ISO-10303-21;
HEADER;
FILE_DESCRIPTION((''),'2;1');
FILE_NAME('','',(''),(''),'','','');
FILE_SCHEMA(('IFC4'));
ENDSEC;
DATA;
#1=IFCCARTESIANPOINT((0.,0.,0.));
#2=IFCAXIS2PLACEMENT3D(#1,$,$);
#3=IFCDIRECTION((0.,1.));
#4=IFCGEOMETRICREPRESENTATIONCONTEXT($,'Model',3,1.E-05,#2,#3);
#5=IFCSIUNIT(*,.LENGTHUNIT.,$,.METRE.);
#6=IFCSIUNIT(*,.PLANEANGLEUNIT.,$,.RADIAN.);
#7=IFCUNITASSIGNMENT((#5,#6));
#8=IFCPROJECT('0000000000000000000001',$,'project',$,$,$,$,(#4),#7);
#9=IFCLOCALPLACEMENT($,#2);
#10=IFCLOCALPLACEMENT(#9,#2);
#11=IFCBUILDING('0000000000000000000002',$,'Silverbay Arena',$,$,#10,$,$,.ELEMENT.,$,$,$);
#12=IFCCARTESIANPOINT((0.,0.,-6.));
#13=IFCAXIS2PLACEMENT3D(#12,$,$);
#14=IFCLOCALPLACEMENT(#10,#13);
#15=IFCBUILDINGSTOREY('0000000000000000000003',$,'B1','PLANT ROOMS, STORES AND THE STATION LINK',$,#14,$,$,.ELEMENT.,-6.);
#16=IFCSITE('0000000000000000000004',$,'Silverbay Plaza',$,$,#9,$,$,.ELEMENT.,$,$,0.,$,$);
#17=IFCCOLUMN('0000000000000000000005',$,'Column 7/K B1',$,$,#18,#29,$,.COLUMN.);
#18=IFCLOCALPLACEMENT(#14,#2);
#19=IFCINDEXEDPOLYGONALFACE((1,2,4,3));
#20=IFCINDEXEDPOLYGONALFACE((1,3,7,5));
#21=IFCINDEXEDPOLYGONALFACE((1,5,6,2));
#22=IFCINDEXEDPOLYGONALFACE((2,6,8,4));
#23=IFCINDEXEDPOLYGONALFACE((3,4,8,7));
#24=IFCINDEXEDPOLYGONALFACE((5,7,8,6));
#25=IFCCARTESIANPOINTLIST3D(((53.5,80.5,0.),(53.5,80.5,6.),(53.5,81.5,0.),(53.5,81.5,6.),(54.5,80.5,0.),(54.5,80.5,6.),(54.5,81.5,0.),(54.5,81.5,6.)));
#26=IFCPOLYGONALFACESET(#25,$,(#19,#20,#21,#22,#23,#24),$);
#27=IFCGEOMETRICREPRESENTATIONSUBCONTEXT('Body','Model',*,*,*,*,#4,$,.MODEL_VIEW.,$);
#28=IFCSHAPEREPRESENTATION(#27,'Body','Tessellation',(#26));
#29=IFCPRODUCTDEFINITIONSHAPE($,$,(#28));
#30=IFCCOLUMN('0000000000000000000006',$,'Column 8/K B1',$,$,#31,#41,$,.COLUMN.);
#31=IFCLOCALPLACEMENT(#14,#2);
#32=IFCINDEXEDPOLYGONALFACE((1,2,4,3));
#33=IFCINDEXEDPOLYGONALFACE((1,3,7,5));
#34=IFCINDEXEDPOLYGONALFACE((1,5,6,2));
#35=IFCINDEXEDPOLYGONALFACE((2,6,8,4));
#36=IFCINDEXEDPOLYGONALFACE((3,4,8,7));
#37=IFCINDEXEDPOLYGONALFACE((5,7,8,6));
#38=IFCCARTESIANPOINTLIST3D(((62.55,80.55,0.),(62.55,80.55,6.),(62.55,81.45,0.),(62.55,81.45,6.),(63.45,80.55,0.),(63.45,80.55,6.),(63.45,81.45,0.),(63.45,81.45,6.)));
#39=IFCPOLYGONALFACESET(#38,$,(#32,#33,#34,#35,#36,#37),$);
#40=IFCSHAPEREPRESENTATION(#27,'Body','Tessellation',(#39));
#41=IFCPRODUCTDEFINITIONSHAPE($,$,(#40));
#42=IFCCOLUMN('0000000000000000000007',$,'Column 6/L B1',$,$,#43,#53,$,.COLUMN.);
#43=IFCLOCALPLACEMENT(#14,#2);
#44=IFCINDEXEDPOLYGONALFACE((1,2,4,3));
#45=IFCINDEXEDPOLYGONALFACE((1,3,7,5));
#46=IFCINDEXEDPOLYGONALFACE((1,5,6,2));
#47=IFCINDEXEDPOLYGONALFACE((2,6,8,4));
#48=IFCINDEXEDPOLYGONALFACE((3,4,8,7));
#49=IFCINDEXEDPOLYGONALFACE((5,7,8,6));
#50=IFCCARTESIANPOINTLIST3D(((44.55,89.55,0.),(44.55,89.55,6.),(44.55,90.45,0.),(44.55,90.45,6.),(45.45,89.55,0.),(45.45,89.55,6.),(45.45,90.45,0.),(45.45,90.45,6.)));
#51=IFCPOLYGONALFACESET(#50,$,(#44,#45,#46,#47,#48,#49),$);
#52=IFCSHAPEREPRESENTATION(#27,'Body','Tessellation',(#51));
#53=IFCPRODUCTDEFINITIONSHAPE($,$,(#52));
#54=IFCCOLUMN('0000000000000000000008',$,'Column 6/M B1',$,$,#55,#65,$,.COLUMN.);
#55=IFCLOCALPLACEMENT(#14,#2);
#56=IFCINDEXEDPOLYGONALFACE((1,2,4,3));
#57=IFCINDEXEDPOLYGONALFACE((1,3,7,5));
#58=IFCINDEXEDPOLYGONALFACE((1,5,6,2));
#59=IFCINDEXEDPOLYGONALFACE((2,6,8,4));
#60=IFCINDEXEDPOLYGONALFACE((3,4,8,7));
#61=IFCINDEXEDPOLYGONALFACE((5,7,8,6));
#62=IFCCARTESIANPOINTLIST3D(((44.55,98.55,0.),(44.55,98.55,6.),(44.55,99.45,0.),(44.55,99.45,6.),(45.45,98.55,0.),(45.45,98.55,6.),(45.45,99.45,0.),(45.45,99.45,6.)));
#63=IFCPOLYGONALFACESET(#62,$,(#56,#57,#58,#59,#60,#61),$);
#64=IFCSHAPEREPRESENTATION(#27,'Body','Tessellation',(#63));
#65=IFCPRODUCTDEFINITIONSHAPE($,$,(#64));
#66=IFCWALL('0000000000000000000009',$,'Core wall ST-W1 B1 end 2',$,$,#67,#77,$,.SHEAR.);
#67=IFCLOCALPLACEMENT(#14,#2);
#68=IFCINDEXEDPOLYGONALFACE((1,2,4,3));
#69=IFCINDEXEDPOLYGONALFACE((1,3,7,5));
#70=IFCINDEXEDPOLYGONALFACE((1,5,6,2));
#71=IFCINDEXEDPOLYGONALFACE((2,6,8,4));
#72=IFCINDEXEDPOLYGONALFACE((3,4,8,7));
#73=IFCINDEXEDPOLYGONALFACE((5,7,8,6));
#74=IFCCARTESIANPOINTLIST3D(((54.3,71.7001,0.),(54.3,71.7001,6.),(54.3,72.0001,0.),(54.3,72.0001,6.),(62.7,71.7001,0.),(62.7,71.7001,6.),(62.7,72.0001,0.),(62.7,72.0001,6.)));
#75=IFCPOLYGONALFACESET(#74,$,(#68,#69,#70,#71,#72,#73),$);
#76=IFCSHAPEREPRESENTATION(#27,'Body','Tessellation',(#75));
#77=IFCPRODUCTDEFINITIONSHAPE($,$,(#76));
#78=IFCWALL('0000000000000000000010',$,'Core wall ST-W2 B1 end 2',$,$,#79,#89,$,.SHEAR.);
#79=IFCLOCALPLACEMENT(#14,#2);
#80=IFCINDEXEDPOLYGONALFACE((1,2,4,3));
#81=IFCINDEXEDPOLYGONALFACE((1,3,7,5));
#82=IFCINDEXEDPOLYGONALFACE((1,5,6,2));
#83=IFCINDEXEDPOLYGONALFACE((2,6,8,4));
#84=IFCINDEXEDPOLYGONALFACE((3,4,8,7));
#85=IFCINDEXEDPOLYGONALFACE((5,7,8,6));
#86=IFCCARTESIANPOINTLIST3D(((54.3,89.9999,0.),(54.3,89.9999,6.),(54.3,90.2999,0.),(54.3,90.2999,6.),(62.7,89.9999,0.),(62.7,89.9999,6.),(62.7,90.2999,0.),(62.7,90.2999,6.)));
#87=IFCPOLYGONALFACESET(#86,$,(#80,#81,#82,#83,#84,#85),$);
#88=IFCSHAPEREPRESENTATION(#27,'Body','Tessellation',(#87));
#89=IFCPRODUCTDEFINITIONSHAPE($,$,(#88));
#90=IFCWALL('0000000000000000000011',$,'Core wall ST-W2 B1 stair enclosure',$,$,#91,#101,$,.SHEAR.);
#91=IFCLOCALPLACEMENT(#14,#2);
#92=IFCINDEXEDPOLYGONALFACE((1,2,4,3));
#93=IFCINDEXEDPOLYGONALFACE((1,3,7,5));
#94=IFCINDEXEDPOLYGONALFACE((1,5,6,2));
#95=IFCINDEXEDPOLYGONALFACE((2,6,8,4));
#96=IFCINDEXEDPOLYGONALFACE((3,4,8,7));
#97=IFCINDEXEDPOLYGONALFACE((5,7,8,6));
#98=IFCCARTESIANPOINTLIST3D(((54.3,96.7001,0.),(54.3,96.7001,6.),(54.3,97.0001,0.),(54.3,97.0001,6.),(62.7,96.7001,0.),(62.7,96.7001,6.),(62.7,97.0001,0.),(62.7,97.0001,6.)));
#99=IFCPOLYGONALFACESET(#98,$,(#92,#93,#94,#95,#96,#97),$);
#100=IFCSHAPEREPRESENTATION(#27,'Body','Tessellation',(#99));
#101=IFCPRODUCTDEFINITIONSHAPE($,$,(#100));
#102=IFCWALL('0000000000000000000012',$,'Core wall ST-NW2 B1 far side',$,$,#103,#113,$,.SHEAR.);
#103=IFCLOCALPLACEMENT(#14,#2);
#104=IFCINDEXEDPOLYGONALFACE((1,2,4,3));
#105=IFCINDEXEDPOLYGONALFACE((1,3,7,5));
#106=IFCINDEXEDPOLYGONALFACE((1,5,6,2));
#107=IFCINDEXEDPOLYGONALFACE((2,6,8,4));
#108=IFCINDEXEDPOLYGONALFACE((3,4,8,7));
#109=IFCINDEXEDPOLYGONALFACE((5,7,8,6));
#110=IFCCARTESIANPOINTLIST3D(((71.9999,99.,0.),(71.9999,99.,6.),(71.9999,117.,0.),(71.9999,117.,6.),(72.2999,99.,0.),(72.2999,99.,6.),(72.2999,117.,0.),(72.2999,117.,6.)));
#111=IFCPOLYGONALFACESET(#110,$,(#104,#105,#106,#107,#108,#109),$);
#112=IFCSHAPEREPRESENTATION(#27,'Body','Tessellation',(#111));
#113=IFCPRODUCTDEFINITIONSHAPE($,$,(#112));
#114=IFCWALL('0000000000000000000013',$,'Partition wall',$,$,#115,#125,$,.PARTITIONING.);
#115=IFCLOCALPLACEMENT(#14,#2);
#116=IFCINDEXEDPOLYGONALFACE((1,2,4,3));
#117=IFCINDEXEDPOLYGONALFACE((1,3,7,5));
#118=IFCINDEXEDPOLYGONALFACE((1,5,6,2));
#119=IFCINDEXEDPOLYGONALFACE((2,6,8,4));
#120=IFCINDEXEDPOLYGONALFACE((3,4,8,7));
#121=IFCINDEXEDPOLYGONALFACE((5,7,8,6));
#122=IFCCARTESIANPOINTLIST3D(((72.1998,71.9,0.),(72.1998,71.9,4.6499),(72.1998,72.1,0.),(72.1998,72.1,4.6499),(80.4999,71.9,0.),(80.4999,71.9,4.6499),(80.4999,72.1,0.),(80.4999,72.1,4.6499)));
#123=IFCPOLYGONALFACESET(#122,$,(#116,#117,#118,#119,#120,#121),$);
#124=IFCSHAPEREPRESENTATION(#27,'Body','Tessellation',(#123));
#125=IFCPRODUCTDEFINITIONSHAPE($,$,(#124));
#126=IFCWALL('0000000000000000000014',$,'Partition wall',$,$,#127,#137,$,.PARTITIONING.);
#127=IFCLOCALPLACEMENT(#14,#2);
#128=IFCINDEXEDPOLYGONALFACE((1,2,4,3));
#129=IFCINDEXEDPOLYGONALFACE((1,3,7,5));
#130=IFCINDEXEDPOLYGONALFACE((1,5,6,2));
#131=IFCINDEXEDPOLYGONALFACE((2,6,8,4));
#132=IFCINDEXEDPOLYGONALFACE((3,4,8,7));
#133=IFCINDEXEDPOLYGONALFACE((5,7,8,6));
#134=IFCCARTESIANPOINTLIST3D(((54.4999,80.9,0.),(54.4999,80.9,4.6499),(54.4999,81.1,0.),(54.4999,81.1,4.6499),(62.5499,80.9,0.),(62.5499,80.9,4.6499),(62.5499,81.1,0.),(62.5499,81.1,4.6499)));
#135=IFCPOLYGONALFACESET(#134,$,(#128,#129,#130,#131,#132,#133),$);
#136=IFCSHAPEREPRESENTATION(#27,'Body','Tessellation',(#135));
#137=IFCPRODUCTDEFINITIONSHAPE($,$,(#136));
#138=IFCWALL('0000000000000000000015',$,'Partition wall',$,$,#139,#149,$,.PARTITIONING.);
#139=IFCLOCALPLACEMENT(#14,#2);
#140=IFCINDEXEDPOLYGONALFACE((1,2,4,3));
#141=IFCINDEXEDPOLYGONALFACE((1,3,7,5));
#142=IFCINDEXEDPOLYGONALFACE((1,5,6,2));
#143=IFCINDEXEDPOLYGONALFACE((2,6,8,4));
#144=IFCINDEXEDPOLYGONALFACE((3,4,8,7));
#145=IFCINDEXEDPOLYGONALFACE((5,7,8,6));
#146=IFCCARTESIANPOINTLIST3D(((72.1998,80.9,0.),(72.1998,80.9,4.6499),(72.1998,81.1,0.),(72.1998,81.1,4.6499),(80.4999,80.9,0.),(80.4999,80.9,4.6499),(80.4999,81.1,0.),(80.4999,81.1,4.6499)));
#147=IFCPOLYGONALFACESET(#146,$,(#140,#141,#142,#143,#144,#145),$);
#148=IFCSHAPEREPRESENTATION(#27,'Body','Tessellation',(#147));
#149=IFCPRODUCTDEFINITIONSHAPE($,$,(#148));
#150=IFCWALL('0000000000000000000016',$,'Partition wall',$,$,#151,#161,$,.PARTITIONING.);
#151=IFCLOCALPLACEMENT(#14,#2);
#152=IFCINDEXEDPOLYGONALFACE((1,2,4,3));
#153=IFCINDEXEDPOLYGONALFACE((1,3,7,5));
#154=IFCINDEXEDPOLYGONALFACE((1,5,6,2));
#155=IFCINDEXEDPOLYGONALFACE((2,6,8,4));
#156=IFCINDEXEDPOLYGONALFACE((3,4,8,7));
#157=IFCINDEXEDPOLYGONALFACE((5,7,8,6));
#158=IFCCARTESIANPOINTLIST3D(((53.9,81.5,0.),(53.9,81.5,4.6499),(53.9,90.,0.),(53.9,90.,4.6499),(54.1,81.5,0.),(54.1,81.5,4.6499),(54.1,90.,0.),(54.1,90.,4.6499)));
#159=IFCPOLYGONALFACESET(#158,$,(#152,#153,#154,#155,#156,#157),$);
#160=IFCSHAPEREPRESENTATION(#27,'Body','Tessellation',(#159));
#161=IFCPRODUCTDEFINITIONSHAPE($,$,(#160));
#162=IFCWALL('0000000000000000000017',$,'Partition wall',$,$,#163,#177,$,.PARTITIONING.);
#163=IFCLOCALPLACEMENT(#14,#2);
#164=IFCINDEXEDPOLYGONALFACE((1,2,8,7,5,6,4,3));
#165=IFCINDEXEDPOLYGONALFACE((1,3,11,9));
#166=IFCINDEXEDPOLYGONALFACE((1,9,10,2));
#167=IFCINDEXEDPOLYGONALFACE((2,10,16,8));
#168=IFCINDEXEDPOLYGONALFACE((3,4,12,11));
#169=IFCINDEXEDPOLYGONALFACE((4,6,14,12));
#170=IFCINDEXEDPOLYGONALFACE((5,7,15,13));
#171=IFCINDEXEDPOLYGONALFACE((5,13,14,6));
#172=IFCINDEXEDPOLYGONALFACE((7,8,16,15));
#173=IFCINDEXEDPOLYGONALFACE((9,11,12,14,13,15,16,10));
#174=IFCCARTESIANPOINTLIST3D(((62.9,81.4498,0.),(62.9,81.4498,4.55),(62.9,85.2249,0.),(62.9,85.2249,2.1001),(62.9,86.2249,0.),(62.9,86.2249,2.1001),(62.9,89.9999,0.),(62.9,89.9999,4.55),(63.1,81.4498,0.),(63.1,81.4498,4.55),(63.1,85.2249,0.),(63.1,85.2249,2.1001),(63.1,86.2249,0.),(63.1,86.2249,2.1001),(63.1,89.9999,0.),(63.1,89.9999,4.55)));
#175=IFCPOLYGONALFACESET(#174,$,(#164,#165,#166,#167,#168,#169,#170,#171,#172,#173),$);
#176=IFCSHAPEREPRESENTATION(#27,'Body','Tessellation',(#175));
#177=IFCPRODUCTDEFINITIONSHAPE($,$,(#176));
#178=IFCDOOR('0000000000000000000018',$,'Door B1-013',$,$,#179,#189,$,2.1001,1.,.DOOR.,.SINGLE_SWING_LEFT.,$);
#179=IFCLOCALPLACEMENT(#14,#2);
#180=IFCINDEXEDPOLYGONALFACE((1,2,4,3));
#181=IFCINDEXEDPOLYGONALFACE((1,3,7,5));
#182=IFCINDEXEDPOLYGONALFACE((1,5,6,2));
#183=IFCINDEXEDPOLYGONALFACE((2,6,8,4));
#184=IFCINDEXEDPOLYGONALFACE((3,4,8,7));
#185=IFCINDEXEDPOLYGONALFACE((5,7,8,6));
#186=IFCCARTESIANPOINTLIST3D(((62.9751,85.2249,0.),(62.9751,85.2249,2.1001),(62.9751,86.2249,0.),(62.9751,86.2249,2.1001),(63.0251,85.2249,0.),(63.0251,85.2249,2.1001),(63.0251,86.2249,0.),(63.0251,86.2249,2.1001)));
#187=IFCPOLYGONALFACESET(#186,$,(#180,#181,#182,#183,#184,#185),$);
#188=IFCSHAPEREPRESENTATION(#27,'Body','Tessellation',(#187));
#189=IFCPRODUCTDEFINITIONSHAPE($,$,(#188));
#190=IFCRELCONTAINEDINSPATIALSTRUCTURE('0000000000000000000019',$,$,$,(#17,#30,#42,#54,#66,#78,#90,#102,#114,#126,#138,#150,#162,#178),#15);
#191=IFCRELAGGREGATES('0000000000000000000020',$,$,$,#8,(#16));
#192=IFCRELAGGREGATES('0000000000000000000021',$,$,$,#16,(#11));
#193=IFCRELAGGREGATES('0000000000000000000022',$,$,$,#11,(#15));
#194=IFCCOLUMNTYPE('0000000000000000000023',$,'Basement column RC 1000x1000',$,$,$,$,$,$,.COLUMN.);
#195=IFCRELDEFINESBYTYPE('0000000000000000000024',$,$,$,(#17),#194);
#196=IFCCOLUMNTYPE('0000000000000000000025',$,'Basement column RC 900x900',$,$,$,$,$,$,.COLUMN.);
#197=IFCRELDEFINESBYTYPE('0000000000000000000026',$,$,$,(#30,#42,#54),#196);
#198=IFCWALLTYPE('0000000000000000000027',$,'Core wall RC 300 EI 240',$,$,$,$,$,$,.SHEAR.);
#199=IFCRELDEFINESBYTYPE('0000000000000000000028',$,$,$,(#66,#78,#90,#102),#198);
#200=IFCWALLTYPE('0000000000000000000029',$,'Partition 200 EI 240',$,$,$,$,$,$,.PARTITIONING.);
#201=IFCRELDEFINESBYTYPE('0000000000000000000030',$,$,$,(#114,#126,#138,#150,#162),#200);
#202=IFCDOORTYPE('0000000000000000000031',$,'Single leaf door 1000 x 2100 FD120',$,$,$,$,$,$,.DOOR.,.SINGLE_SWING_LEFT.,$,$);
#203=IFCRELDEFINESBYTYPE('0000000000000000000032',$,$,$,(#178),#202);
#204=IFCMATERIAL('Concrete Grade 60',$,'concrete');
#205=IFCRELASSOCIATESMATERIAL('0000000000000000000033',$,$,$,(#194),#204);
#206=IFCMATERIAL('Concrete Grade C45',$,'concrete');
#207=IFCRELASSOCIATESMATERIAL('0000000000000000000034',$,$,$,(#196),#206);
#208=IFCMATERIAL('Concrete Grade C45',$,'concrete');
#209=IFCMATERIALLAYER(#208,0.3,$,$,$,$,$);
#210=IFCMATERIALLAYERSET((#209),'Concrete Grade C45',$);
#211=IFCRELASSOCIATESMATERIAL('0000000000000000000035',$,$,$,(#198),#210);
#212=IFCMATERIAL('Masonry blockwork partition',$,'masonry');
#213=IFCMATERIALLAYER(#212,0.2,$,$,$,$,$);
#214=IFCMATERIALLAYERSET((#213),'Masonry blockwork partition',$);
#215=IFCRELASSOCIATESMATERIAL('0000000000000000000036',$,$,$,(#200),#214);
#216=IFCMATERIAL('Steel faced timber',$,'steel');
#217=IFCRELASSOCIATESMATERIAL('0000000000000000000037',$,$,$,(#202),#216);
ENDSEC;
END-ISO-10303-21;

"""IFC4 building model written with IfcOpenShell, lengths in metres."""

from ifc_helpers import new_model, si_unit, direction, frame, frame_2d, origin, origin_2d, place, context, subcontext, project, spatial, rectangle, extrude, material, layer, layer_set, material_profile, profile_set, type_object, element, fill, save


model = new_model("IFC4")

# Units and contexts
model_context = context("Model", 3, precision=1e-05, world=origin(), true_north=direction((0.0, 1.0)))
body_context = subcontext(model_context, "Body", "Model", "MODEL_VIEW")
ifc_project = project(units=[si_unit("LENGTHUNIT", "METRE"), si_unit("PLANEANGLEUNIT", "RADIAN")], contexts=[model_context])

# Site, building, storey
site_placement = place(None, origin())
site = spatial("IfcSite", under=ifc_project, at=site_placement, Name="Silverbay Plaza", CompositionType="ELEMENT", RefElevation=0.0)
building_placement = place(site_placement, origin())
building = spatial("IfcBuilding", under=site, at=building_placement, Name="Silverbay Arena", CompositionType="ELEMENT")
storey_placement = place(building_placement, frame((0.0, 0.0, -6.0)))
storey = spatial("IfcBuildingStorey", under=building, at=storey_placement, Name="B1", Description="PLANT ROOMS, STORES AND THE STATION LINK", CompositionType="ELEMENT", Elevation=-6.0)

# Columns
ifc_material_1 = material(Name="Concrete Grade 60", Category="concrete")
ifc_material_profile_1 = material_profile(ifc_material_1, rectangle(XDim=1.0, YDim=1.0, at=origin_2d()), Name="RC 1000x1000")
ifc_profile_set_1 = profile_set([ifc_material_profile_1], Name="Concrete Grade 60")
column_type_1 = type_object("IfcColumnType", Name="Basement column RC 1000x1000", PredefinedType="COLUMN", material=ifc_profile_set_1)
column_placement = place(storey_placement, frame((54.0, 81.0, 0.0), z_axis=(0.0, 0.0, 1.0), x_axis=(1.0, 0.0, 0.0)))
element("IfcColumn", 1, at=column_placement, inside=storey, type_object=column_type_1, Name="Column 7/K B1", PredefinedType="COLUMN", context=body_context, shape_type="SweptSolid", body=[
    extrude(rectangle(XDim=1.0, YDim=1.0, at=origin_2d()), origin(), (0.0, 0.0, 1.0), 6.0),
])
ifc_material_2 = material(Name="Concrete Grade C45", Category="concrete")
ifc_material_profile_2 = material_profile(ifc_material_2, rectangle(XDim=0.8999, YDim=0.8999, at=origin_2d()), Name="RC 900x900")
ifc_profile_set_2 = profile_set([ifc_material_profile_2], Name="Concrete Grade C45")
column_type_2 = type_object("IfcColumnType", Name="Basement column RC 900x900", PredefinedType="COLUMN", material=ifc_profile_set_2)
for number, where, z_axis, x_axis, name in (
    (2, (63.0, 81.0, 0.0), (0.0, 0.0, 1.0), (1.0, 0.0, 0.0), "Column 8/K B1"),
    (3, (45.0, 90.0, 0.0), (0.0, 0.0, 1.0), (1.0, 0.0, 0.0), "Column 6/L B1"),
    (4, (45.0, 99.0, 0.0), (0.0, 0.0, 1.0), (1.0, 0.0, 0.0), "Column 6/M B1"),
):
    element("IfcColumn", number, at=place(storey_placement, frame(where, z_axis=z_axis, x_axis=x_axis)), inside=storey, type_object=column_type_2, Name=name, PredefinedType="COLUMN", context=body_context, shape_type="SweptSolid", body=[
        extrude(rectangle(XDim=0.8999, YDim=0.8999, at=origin_2d()), origin(), (0.0, 0.0, 1.0), 6.0),
    ])

# Walls
ifc_material_3 = material(Name="Concrete Grade C45", Category="concrete")
ifc_layer_1 = layer(ifc_material_3, 0.3)
ifc_layer_set_1 = layer_set([ifc_layer_1], Name="Concrete Grade C45")
wall_type_1 = type_object("IfcWallType", Name="Core wall RC 300 EI 240", PredefinedType="SHEAR", material=ifc_layer_set_1)
for number, where, z_axis, x_axis, name in (
    (5, (62.7, 71.8501, 0.0), (0.0, 0.0, 1.0), (-1.0, 0.0, 0.0), "Core wall ST-W1 B1 end 2"),
    (6, (62.7, 90.1499, 0.0), (0.0, 0.0, 1.0), (-1.0, 0.0, 0.0), "Core wall ST-W2 B1 end 2"),
    (7, (62.7, 96.8501, 0.0), (0.0, 0.0, 1.0), (-1.0, 0.0, 0.0), "Core wall ST-W2 B1 stair enclosure"),
):
    element("IfcWall", number, at=place(storey_placement, frame(where, z_axis=z_axis, x_axis=x_axis)), inside=storey, type_object=wall_type_1, Name=name, PredefinedType="SHEAR", context=body_context, shape_type="SweptSolid", body=[
        extrude(rectangle(XDim=8.3999, YDim=0.3, at=frame_2d((4.2, 0.0))), origin(), (0.0, 0.0, 1.0), 6.0),
    ])
wall_1_placement = place(storey_placement, frame((72.1499, 99.0, 0.0), z_axis=(0.0, 0.0, 1.0), x_axis=(0.0, 1.0, 0.0)))
element("IfcWall", 8, at=wall_1_placement, inside=storey, type_object=wall_type_1, Name="Core wall ST-NW2 B1 far side", PredefinedType="SHEAR", context=body_context, shape_type="SweptSolid", body=[
    extrude(rectangle(XDim=18.0, YDim=0.3, at=frame_2d((9.0, 0.0))), origin(), (0.0, 0.0, 1.0), 6.0),
])
ifc_material_4 = material(Name="Masonry blockwork partition", Category="masonry")
ifc_layer_2 = layer(ifc_material_4, 0.2)
ifc_layer_set_2 = layer_set([ifc_layer_2], Name="Masonry blockwork partition")
wall_type_2 = type_object("IfcWallType", Name="Partition 200 EI 240", PredefinedType="PARTITIONING", material=ifc_layer_set_2)
wall_2_placement = place(storey_placement, frame((72.2, 72.0, 0.0), z_axis=(0.0, 0.0, 1.0), x_axis=(1.0, 0.0, 0.0)))
element("IfcWall", 9, at=wall_2_placement, inside=storey, type_object=wall_type_2, Name="Partition wall", PredefinedType="PARTITIONING", context=body_context, shape_type="SweptSolid", body=[
    extrude(rectangle(XDim=8.3, YDim=0.2, at=frame_2d((4.1499, 0.0))), origin(), (0.0, 0.0, 1.0), 4.6499),
])
wall_3_placement = place(storey_placement, frame((54.5, 81.0, 0.0), z_axis=(0.0, 0.0, 1.0), x_axis=(1.0, 0.0, 0.0)))
element("IfcWall", 10, at=wall_3_placement, inside=storey, type_object=wall_type_2, Name="Partition wall", PredefinedType="PARTITIONING", context=body_context, shape_type="SweptSolid", body=[
    extrude(rectangle(XDim=8.05, YDim=0.2, at=frame_2d((4.0249, 0.0))), origin(), (0.0, 0.0, 1.0), 4.6499),
])
wall_4_placement = place(storey_placement, frame((72.2, 81.0, 0.0), z_axis=(0.0, 0.0, 1.0), x_axis=(1.0, 0.0, 0.0)))
element("IfcWall", 11, at=wall_4_placement, inside=storey, type_object=wall_type_2, Name="Partition wall", PredefinedType="PARTITIONING", context=body_context, shape_type="SweptSolid", body=[
    extrude(rectangle(XDim=8.3, YDim=0.2, at=frame_2d((4.1499, 0.0))), origin(), (0.0, 0.0, 1.0), 4.6499),
])

# Wall
wall_5_placement = place(storey_placement, frame((54.0, 81.5, 0.0), z_axis=(0.0, 0.0, 1.0), x_axis=(0.0, 1.0, 0.0)))
element("IfcWall", 12, at=wall_5_placement, inside=storey, type_object=wall_type_2, Name="Partition wall", PredefinedType="PARTITIONING", context=body_context, shape_type="SweptSolid", body=[
    extrude(rectangle(XDim=8.5, YDim=0.2, at=frame_2d((4.25, 0.0))), origin(), (0.0, 0.0, 1.0), 4.6499),
])

# Wall, opening, door
wall_6_placement = place(storey_placement, frame((63.0, 81.45, 0.0), z_axis=(0.0, 0.0, 1.0), x_axis=(0.0, 1.0, 0.0)))
wall_6 = element("IfcWall", 13, at=wall_6_placement, inside=storey, type_object=wall_type_2, Name="Partition wall", PredefinedType="PARTITIONING", context=body_context, shape_type="SweptSolid", body=[
    extrude(rectangle(XDim=8.55, YDim=0.2, at=frame_2d((4.2749, 0.0))), origin(), (0.0, 0.0, 1.0), 4.55),
])
opening_1_placement = place(wall_6_placement, frame((3.7749, 0.0, 0.0)))
opening_1 = element("IfcOpeningElement", 14, at=opening_1_placement, cuts=wall_6, PredefinedType="OPENING", context=body_context, shape_type="SweptSolid", body=[
    extrude(rectangle(XDim=1.0, YDim=2.1001, at=frame_2d((0.5, 1.05))), frame((0.0, 0.1099, 0.0), z_axis=(0.0, -1.0, 0.0), x_axis=(1.0, 0.0, 0.0)), (0.0, 0.0, 1.0), 0.22),
])
ifc_material_5 = material(Name="Steel faced timber", Category="steel")
door_type_1 = type_object("IfcDoorType", Name="Single leaf door 1000 x 2100 FD120", OperationType="SINGLE_SWING_LEFT", PredefinedType="DOOR", material=ifc_material_5)
door_1_placement = place(opening_1_placement, origin())
door_1 = element("IfcDoor", 15, at=door_1_placement, inside=storey, type_object=door_type_1, Name="Door B1-013", OperationType="SINGLE_SWING_LEFT", OverallHeight=2.1001, OverallWidth=1.0, PredefinedType="DOOR", context=body_context, shape_type="SweptSolid", body=[
    extrude(rectangle(XDim=1.0, YDim=2.1001, at=frame_2d((0.5, 1.05))), frame((0.0, 0.0249, 0.0), z_axis=(0.0, -1.0, 0.0), x_axis=(1.0, 0.0, 0.0)), (0.0, 0.0, 1.0), 0.05),
])
fill(opening_1, door_1)

save(model, "model.ifc")
